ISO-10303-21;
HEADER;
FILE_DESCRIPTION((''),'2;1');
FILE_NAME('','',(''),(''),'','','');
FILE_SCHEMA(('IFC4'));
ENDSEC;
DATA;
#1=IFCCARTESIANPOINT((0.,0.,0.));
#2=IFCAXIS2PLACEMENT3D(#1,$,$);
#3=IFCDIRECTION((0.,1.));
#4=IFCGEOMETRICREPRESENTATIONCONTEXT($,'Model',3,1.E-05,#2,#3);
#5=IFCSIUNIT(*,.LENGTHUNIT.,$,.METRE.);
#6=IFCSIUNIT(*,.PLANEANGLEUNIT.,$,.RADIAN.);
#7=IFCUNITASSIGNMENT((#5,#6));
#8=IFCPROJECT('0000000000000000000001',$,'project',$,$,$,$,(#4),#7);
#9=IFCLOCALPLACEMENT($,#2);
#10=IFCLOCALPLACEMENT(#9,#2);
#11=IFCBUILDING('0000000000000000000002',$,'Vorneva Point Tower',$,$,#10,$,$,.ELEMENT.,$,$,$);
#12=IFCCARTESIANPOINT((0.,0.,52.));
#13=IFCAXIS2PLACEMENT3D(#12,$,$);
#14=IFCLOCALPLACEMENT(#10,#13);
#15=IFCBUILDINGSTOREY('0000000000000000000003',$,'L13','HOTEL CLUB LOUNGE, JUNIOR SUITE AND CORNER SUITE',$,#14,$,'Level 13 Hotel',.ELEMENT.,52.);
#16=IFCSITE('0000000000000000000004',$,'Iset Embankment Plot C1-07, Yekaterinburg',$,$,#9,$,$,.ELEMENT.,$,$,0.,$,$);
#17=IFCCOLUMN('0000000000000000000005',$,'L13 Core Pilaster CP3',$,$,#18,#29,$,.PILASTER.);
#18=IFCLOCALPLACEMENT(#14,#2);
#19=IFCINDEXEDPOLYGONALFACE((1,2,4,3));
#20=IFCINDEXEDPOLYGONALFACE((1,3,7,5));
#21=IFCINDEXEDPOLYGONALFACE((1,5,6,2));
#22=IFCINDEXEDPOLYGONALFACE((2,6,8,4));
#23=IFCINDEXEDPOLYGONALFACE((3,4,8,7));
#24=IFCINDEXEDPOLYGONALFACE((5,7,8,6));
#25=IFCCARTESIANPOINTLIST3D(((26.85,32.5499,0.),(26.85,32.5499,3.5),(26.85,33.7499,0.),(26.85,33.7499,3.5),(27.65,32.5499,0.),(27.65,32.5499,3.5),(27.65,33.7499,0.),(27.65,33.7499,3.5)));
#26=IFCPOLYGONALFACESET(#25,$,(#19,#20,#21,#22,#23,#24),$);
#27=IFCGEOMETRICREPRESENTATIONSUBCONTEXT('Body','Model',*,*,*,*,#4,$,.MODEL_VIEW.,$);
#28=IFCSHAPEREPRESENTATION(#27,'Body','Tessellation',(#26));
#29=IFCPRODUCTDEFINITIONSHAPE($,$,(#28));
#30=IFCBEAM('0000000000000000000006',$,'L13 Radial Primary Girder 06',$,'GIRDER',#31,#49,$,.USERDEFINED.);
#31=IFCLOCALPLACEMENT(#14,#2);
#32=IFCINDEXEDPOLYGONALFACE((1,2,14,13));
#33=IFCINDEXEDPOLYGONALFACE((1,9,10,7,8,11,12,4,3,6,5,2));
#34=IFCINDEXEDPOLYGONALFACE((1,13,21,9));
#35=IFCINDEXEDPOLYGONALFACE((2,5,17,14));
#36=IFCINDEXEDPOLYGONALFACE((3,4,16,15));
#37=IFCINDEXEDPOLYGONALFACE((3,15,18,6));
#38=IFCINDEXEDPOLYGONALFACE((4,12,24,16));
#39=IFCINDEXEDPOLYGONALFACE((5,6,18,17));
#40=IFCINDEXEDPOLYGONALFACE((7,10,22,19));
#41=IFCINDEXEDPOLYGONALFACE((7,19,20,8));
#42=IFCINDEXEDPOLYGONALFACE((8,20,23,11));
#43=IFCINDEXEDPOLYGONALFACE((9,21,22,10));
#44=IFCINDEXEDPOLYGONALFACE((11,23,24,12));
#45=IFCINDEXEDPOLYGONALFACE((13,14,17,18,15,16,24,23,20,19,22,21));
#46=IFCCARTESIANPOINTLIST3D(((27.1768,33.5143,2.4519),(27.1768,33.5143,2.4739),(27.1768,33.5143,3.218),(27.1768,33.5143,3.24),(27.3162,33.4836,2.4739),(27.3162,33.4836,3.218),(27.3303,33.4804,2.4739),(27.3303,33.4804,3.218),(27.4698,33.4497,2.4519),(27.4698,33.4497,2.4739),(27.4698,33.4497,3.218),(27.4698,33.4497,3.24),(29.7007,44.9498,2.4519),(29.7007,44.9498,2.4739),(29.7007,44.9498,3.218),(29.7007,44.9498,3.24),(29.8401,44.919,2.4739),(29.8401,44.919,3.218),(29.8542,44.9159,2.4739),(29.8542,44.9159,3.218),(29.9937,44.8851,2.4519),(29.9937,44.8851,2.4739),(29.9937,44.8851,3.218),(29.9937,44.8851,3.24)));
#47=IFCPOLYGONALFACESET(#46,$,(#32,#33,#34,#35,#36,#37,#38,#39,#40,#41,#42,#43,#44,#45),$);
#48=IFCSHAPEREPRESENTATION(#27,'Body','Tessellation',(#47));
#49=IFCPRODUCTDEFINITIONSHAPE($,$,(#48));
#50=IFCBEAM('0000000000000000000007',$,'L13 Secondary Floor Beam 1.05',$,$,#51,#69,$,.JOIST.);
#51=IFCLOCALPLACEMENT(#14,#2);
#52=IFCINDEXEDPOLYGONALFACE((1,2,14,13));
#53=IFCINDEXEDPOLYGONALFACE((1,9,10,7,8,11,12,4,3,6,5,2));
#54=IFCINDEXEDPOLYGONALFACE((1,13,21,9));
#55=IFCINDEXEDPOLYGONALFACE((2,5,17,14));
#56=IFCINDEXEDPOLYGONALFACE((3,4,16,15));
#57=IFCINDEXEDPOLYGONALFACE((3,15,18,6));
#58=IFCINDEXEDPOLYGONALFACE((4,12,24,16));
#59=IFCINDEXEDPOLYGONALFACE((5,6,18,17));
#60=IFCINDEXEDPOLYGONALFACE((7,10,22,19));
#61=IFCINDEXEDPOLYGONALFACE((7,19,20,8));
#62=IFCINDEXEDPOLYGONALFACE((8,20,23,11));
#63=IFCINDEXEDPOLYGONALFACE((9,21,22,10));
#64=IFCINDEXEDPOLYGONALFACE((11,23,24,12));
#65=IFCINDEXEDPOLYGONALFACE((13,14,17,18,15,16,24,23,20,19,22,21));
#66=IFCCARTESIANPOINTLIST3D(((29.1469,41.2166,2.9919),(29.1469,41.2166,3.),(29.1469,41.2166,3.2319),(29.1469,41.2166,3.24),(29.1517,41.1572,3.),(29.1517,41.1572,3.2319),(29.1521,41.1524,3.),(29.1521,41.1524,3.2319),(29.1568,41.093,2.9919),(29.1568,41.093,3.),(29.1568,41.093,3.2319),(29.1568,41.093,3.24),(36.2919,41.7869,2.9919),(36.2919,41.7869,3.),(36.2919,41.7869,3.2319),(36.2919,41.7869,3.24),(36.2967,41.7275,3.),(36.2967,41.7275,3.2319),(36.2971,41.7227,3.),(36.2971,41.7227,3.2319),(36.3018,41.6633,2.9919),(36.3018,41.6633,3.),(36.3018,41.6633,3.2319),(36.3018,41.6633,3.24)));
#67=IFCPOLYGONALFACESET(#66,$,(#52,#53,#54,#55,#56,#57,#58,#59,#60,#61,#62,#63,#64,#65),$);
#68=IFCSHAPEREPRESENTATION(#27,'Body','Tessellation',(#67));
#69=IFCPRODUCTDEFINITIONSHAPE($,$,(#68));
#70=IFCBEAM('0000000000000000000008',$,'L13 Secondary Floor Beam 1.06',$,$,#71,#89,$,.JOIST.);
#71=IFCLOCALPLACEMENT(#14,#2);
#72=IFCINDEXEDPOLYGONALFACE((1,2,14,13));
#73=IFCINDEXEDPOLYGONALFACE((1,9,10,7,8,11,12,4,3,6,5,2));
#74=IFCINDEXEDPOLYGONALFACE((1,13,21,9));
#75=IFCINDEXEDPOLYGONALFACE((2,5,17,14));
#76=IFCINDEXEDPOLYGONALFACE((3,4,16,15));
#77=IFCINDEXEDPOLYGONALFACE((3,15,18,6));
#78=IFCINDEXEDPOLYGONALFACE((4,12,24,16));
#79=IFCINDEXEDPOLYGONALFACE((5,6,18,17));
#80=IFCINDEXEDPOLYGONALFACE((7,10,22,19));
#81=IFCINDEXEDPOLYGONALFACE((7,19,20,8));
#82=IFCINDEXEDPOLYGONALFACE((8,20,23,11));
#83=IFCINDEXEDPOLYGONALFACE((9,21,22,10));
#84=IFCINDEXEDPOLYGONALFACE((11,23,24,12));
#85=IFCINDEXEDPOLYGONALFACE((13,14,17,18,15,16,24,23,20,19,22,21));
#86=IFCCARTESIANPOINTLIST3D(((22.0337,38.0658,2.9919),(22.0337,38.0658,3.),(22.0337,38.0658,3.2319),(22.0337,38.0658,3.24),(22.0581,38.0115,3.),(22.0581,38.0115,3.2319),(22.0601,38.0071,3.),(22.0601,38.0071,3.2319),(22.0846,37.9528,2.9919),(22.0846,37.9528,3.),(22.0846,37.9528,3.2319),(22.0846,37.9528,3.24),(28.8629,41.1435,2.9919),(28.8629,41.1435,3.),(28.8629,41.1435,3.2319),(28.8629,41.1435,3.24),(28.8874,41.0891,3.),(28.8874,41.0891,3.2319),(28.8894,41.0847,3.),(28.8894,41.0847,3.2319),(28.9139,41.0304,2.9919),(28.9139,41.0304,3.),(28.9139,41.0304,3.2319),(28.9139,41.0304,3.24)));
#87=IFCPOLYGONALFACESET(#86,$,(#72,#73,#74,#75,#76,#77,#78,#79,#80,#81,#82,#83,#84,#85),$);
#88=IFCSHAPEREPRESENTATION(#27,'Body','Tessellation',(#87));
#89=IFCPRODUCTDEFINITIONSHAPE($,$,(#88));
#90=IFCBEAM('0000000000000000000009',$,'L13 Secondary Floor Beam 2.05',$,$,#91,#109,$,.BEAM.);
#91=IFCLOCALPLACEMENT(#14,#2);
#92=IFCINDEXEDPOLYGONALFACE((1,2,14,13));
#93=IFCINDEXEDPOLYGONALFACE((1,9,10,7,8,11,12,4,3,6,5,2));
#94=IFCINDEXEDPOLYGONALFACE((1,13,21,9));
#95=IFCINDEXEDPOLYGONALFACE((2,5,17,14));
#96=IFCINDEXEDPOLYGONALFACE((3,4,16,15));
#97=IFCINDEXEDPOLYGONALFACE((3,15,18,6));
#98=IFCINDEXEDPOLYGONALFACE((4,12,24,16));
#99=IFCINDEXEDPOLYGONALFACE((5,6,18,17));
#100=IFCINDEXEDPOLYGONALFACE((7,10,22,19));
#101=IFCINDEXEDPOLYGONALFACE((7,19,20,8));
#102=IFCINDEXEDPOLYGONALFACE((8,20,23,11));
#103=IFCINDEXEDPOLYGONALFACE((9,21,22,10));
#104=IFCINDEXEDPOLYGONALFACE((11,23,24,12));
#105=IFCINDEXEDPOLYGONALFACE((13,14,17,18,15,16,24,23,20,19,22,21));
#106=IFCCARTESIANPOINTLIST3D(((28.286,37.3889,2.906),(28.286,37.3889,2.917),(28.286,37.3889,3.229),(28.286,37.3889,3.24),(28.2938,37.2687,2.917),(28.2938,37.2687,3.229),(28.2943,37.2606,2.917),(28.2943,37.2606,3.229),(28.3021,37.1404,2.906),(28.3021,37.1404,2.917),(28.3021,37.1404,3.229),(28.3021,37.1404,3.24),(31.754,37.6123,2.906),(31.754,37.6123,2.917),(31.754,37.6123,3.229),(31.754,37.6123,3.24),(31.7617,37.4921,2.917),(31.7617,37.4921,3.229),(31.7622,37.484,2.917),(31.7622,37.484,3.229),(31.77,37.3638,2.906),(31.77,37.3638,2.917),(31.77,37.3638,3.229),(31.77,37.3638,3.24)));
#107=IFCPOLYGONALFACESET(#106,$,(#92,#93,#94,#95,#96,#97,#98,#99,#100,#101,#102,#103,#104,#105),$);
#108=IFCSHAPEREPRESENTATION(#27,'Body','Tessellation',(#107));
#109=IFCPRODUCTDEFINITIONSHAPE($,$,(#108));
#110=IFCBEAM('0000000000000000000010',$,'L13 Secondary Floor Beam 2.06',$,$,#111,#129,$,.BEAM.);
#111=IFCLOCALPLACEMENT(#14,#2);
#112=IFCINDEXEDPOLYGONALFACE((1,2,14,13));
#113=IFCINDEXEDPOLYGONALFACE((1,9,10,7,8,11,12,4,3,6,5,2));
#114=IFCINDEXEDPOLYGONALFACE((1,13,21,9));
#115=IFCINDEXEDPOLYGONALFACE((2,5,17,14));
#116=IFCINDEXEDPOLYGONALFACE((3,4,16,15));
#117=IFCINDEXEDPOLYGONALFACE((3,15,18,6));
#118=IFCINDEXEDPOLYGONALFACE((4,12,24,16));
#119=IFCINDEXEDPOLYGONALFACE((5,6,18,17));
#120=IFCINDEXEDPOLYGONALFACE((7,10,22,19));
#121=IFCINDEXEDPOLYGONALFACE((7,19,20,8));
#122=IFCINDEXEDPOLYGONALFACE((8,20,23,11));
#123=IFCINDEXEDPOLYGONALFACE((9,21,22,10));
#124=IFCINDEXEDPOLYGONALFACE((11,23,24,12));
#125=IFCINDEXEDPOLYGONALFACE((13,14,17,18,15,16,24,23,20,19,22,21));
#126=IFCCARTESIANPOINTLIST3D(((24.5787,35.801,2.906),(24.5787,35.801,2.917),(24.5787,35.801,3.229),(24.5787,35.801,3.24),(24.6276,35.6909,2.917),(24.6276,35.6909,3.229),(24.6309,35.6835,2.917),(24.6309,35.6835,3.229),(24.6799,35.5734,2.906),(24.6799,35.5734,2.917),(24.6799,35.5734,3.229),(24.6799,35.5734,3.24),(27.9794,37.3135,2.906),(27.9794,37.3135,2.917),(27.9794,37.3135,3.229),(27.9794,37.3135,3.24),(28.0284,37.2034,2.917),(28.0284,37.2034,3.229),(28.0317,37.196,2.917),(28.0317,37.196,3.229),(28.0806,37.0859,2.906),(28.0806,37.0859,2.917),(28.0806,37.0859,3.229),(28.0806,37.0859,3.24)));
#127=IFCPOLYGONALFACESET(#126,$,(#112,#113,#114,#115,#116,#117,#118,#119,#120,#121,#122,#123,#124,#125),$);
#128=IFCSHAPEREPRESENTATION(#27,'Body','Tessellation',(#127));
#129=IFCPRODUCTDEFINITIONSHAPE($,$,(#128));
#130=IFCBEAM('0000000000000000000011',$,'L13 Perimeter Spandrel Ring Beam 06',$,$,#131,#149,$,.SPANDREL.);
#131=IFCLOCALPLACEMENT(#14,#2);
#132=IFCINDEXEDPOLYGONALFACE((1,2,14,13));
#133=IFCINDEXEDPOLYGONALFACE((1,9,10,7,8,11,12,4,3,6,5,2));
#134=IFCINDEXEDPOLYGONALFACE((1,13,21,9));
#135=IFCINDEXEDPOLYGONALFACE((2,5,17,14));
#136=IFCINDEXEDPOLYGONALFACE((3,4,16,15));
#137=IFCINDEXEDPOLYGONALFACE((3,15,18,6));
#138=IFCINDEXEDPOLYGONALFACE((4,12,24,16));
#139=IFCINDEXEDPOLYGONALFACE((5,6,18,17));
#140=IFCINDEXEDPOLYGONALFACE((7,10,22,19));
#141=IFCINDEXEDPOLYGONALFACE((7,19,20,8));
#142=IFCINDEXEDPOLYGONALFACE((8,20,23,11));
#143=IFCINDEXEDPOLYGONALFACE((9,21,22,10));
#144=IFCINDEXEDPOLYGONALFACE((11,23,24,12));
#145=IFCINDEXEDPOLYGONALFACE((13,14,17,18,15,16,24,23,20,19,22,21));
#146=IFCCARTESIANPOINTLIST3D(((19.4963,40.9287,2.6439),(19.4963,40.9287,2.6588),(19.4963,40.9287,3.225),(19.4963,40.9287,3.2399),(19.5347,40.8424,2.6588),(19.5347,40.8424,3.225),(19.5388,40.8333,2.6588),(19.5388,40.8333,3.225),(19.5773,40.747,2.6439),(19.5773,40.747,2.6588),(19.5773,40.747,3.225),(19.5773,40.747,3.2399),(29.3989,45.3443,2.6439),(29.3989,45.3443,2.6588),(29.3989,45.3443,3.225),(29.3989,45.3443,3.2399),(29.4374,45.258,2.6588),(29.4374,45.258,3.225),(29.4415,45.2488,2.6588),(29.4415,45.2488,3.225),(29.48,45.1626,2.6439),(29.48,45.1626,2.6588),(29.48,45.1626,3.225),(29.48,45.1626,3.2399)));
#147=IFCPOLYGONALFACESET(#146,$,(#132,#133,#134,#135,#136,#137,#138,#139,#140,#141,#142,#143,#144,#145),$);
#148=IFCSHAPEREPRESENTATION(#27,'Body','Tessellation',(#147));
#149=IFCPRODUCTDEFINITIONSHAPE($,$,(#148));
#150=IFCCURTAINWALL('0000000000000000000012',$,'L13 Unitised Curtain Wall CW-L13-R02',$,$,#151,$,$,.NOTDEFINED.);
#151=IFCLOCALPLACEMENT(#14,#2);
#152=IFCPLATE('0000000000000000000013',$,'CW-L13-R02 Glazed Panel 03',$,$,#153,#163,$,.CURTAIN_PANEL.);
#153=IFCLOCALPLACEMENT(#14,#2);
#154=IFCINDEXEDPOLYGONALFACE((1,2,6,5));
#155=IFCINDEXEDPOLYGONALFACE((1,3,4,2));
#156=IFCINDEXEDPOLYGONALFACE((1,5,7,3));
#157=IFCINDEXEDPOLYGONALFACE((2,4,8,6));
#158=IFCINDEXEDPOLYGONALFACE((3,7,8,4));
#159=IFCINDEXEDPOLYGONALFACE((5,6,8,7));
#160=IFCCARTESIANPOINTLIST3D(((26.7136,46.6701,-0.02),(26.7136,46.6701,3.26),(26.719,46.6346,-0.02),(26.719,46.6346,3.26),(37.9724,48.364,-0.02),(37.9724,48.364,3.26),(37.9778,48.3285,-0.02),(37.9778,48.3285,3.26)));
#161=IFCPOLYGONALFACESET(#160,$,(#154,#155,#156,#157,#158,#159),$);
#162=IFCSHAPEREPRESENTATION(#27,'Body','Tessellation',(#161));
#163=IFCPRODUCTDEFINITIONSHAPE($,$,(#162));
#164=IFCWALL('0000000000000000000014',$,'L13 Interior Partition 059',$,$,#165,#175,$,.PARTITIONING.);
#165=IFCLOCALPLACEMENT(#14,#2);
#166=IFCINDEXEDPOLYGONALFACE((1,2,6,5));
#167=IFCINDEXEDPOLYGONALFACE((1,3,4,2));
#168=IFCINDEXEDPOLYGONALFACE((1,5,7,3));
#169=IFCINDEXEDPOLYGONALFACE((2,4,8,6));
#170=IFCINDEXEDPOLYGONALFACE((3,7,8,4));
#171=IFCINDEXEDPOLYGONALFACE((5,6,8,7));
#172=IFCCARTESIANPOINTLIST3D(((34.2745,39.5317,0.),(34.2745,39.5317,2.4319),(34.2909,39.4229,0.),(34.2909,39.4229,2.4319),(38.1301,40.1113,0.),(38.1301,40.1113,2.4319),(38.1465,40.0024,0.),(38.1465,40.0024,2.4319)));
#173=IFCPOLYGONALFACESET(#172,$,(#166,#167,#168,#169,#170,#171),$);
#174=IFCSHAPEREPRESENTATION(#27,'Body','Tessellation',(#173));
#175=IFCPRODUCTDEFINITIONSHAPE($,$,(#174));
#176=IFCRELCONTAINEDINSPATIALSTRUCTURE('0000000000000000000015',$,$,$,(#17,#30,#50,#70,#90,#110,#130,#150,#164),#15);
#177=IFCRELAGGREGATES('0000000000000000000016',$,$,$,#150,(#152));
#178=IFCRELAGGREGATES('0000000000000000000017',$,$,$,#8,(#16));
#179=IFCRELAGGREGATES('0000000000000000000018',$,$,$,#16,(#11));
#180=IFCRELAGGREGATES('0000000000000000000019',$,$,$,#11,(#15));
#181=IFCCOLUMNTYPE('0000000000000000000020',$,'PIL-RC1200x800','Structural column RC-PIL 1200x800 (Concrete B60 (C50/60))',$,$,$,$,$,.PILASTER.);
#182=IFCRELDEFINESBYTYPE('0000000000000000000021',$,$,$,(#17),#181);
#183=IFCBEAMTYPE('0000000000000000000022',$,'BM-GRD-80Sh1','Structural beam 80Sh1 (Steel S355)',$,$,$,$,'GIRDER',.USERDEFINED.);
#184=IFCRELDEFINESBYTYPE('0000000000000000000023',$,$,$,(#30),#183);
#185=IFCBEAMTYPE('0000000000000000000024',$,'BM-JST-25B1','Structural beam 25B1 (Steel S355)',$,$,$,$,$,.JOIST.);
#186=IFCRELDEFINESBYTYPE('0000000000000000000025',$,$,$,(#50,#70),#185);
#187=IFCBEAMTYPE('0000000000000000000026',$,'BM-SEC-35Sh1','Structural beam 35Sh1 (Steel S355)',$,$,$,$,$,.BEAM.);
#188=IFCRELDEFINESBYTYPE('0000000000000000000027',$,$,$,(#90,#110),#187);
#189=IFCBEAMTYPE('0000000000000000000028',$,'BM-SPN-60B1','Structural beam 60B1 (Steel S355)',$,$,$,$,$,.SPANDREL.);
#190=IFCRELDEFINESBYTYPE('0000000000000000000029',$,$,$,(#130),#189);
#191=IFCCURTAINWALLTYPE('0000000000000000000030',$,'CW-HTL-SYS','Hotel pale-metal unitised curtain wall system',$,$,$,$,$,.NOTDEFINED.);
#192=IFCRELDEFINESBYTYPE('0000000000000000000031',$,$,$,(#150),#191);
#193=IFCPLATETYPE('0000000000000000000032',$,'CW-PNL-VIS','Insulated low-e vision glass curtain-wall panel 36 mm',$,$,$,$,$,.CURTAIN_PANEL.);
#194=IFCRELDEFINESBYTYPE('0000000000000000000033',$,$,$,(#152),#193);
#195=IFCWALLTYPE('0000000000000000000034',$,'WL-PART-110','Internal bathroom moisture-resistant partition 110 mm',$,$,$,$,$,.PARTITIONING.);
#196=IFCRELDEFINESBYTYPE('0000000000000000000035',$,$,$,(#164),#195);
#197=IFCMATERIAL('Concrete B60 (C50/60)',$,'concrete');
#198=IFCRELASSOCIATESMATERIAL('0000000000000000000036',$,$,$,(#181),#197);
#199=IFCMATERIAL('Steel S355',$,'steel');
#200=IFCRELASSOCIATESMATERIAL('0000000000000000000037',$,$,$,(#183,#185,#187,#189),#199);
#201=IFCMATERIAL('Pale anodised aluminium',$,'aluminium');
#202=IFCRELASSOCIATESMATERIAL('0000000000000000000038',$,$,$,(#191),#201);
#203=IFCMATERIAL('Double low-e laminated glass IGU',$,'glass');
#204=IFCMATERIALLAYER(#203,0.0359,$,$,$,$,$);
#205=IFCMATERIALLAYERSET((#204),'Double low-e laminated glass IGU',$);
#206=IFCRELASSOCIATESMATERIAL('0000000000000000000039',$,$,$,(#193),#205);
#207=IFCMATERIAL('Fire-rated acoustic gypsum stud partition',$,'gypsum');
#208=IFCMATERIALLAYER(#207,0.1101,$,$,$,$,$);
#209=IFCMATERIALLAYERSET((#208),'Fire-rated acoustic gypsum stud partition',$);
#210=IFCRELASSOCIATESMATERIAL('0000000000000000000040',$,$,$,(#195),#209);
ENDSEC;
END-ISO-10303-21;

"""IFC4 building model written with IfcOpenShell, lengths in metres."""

from ifc_helpers import new_model, si_unit, direction, frame, frame_2d, origin, origin_2d, place, context, subcontext, project, spatial, rectangle, i_section, extrude, material, layer, layer_set, material_profile, profile_set, type_object, element, aggregate, save


model = new_model("IFC4")

# Units and contexts
model_context = context("Model", 3, precision=1e-05, world=origin(), true_north=direction((0.0, 1.0)))
body_context = subcontext(model_context, "Body", "Model", "MODEL_VIEW")
ifc_project = project(units=[si_unit("LENGTHUNIT", "METRE"), si_unit("PLANEANGLEUNIT", "RADIAN")], contexts=[model_context])

# Site, building, storey
site_placement = place(None, origin())
site = spatial("IfcSite", under=ifc_project, at=site_placement, Name="Iset Embankment Plot C1-07, Yekaterinburg", CompositionType="ELEMENT", RefElevation=0.0)
building_placement = place(site_placement, origin())
building = spatial("IfcBuilding", under=site, at=building_placement, Name="Vorneva Point Tower", CompositionType="ELEMENT")
storey_placement = place(building_placement, frame((0.0, 0.0, 52.0)))
storey = spatial("IfcBuildingStorey", under=building, at=storey_placement, Name="L13", Description="HOTEL CLUB LOUNGE, JUNIOR SUITE AND CORNER SUITE", LongName="Level 13 Hotel", CompositionType="ELEMENT", Elevation=52.0)

# Column
ifc_material_1 = material(Name="Concrete B60 (C50/60)", Category="concrete")
ifc_material_profile_1 = material_profile(ifc_material_1, rectangle(XDim=0.8, YDim=1.2, at=origin_2d()), Name="RC-PIL 1200x800")
ifc_profile_set_1 = profile_set([ifc_material_profile_1], Name="Concrete B60 (C50/60)")
column_type_1 = type_object("IfcColumnType", Name="PIL-RC1200x800", Description="Structural column RC-PIL 1200x800 (Concrete B60 (C50/60))", PredefinedType="PILASTER", material=ifc_profile_set_1)
column_placement = place(storey_placement, frame((27.25, 33.1499, 0.0), z_axis=(0.0, 0.0, 1.0), x_axis=(1.0, 0.0, 0.0)))
element("IfcColumn", 1, at=column_placement, inside=storey, type_object=column_type_1, Name="L13 Core Pilaster CP3", PredefinedType="PILASTER", context=body_context, shape_type="SweptSolid", body=[
    extrude(rectangle(XDim=0.8, YDim=1.2, at=origin_2d()), origin(), (0.0, 0.0, 1.0), 3.5),
])

# Beams
ifc_material_2 = material(Name="Steel S355", Category="steel")
ifc_material_profile_2 = material_profile(ifc_material_2, i_section(OverallWidth=0.3, OverallDepth=0.7881, WebThickness=0.0144, FlangeThickness=0.022, at=origin_2d()), Name="80Sh1")
ifc_profile_set_2 = profile_set([ifc_material_profile_2], Name="Steel S355")
beam_type_1 = type_object("IfcBeamType", Name="BM-GRD-80Sh1", Description="Structural beam 80Sh1 (Steel S355)", ElementType="GIRDER", PredefinedType="USERDEFINED", material=ifc_profile_set_2)
beam_1_placement = place(storey_placement, frame((29.8472, 44.9175, 2.8459), z_axis=(-0.215522, -0.976499, 0.0), x_axis=(0.976499, -0.215522, 0.0)))
element("IfcBeam", 2, at=beam_1_placement, inside=storey, type_object=beam_type_1, Name="L13 Radial Primary Girder 06", ObjectType="GIRDER", PredefinedType="USERDEFINED", context=body_context, shape_type="SweptSolid", body=[
    extrude(i_section(OverallWidth=0.3, OverallDepth=0.7881, WebThickness=0.0144, FlangeThickness=0.022, at=origin_2d()), origin(), (0.0, 0.0, 1.0), 11.7107),
])
ifc_material_profile_3 = material_profile(ifc_material_2, i_section(OverallWidth=0.124, OverallDepth=0.248, WebThickness=0.0049, FlangeThickness=0.0081, at=origin_2d()), Name="25B1")
ifc_profile_set_3 = profile_set([ifc_material_profile_3], Name="Steel S355")
beam_type_2 = type_object("IfcBeamType", Name="BM-JST-25B1", Description="Structural beam 25B1 (Steel S355)", PredefinedType="JOIST", material=ifc_profile_set_3)
beam_2_placement = place(storey_placement, frame((36.2969, 41.7251, 3.116), z_axis=(-0.99683, -0.079567, 0.0), x_axis=(0.079567, -0.99683, 0.0)))
element("IfcBeam", 3, at=beam_2_placement, inside=storey, type_object=beam_type_2, Name="L13 Secondary Floor Beam 1.05", PredefinedType="JOIST", context=body_context, shape_type="SweptSolid", body=[
    extrude(i_section(OverallWidth=0.124, OverallDepth=0.248, WebThickness=0.0049, FlangeThickness=0.0081, at=origin_2d()), origin(), (0.0, 0.0, 1.0), 7.1677),
])
beam_3_placement = place(storey_placement, frame((28.8884, 41.0869, 3.116), z_axis=(-0.9117, -0.410857, 0.0), x_axis=(0.410857, -0.9117, 0.0)))
element("IfcBeam", 4, at=beam_3_placement, inside=storey, type_object=beam_type_2, Name="L13 Secondary Floor Beam 1.06", PredefinedType="JOIST", context=body_context, shape_type="SweptSolid", body=[
    extrude(i_section(OverallWidth=0.124, OverallDepth=0.248, WebThickness=0.0049, FlangeThickness=0.0081, at=origin_2d()), origin(), (0.0, 0.0, 1.0), 7.4907),
])
ifc_material_profile_4 = material_profile(ifc_material_2, i_section(OverallWidth=0.249, OverallDepth=0.334, WebThickness=0.0081, FlangeThickness=0.011, at=origin_2d()), Name="35Sh1")
ifc_profile_set_4 = profile_set([ifc_material_profile_4], Name="Steel S355")
beam_type_3 = type_object("IfcBeamType", Name="BM-SEC-35Sh1", Description="Structural beam 35Sh1 (Steel S355)", PredefinedType="BEAM", material=ifc_profile_set_4)
beam_4_placement = place(storey_placement, frame((31.762, 37.488, 3.073), z_axis=(-0.997932, -0.064281, 0.0), x_axis=(0.064281, -0.997932, 0.0)))
element("IfcBeam", 5, at=beam_4_placement, inside=storey, type_object=beam_type_3, Name="L13 Secondary Floor Beam 2.05", PredefinedType="BEAM", context=body_context, shape_type="SweptSolid", body=[
    extrude(i_section(OverallWidth=0.249, OverallDepth=0.334, WebThickness=0.0081, FlangeThickness=0.011, at=origin_2d()), origin(), (0.0, 0.0, 1.0), 3.4751),
])
beam_5_placement = place(storey_placement, frame((28.03, 37.1997, 3.073), z_axis=(-0.913706, -0.406376, 0.0), x_axis=(0.406376, -0.913706, 0.0)))
element("IfcBeam", 6, at=beam_5_placement, inside=storey, type_object=beam_type_3, Name="L13 Secondary Floor Beam 2.06", PredefinedType="BEAM", context=body_context, shape_type="SweptSolid", body=[
    extrude(i_section(OverallWidth=0.249, OverallDepth=0.334, WebThickness=0.0081, FlangeThickness=0.011, at=origin_2d()), origin(), (0.0, 0.0, 1.0), 3.7219),
])
ifc_material_profile_5 = material_profile(ifc_material_2, i_section(OverallWidth=0.199, OverallDepth=0.5959, WebThickness=0.01, FlangeThickness=0.0149, at=origin_2d()), Name="60B1")
ifc_profile_set_5 = profile_set([ifc_material_profile_5], Name="Steel S355")
beam_type_4 = type_object("IfcBeamType", Name="BM-SPN-60B1", Description="Structural beam 60B1 (Steel S355)", PredefinedType="SPANDREL", material=ifc_profile_set_5)
beam_6_placement = place(storey_placement, frame((29.4395, 45.2534, 2.9419), z_axis=(-0.913319, -0.407245, 0.0), x_axis=(0.407245, -0.913319, 0.0)))
element("IfcBeam", 7, at=beam_6_placement, inside=storey, type_object=beam_type_4, Name="L13 Perimeter Spandrel Ring Beam 06", PredefinedType="SPANDREL", context=body_context, shape_type="SweptSolid", body=[
    extrude(i_section(OverallWidth=0.199, OverallDepth=0.5959, WebThickness=0.01, FlangeThickness=0.0149, at=origin_2d()), origin(), (0.0, 0.0, 1.0), 10.8425),
])

# Curtain wall, plate
ifc_material_3 = material(Name="Pale anodised aluminium", Category="aluminium")
curtain_wall_type = type_object("IfcCurtainWallType", Name="CW-HTL-SYS", Description="Hotel pale-metal unitised curtain wall system", PredefinedType="NOTDEFINED", material=ifc_material_3)
curtain_wall_placement = place(storey_placement, origin())
curtain_wall = element("IfcCurtainWall", 8, at=curtain_wall_placement, inside=storey, type_object=curtain_wall_type, Name="L13 Unitised Curtain Wall CW-L13-R02", PredefinedType="NOTDEFINED")
ifc_material_4 = material(Name="Double low-e laminated glass IGU", Category="glass")
ifc_layer_1 = layer(ifc_material_4, 0.0359)
ifc_layer_set_1 = layer_set([ifc_layer_1], Name="Double low-e laminated glass IGU")
plate_type = type_object("IfcPlateType", Name="CW-PNL-VIS", Description="Insulated low-e vision glass curtain-wall panel 36 mm", PredefinedType="CURTAIN_PANEL", material=ifc_layer_set_1)
plate_placement = place(storey_placement, frame((32.3457, 47.4993, -0.02), z_axis=(0.0, 0.0, 1.0), x_axis=(-0.988871, -0.148776, 0.0)))
plate = element("IfcPlate", 9, at=plate_placement, type_object=plate_type, Name="CW-L13-R02 Glazed Panel 03", PredefinedType="CURTAIN_PANEL", context=body_context, shape_type="SweptSolid", body=[
    extrude(rectangle(XDim=11.3855, YDim=0.0359, at=origin_2d()), origin(), (0.0, 0.0, 1.0), 3.28),
])
aggregate(curtain_wall, [plate])

# Wall
ifc_material_5 = material(Name="Fire-rated acoustic gypsum stud partition", Category="gypsum")
ifc_layer_2 = layer(ifc_material_5, 0.1101)
ifc_layer_set_2 = layer_set([ifc_layer_2], Name="Fire-rated acoustic gypsum stud partition")
wall_type_1 = type_object("IfcWallType", Name="WL-PART-110", Description="Internal bathroom moisture-resistant partition 110 mm", PredefinedType="PARTITIONING", material=ifc_layer_set_2)
wall_1_placement = place(storey_placement, frame((34.2827, 39.4773, 0.0), z_axis=(0.0, 0.0, 1.0), x_axis=(0.98889, 0.14865, 0.0)))
element("IfcWall", 10, at=wall_1_placement, inside=storey, type_object=wall_type_1, Name="L13 Interior Partition 059", PredefinedType="PARTITIONING", context=body_context, shape_type="SweptSolid", body=[
    extrude(rectangle(XDim=3.8989, YDim=0.1101, at=frame_2d((1.9495, 0.0))), origin(), (0.0, 0.0, 1.0), 2.4319),
])

save(model, "model.ifc")
